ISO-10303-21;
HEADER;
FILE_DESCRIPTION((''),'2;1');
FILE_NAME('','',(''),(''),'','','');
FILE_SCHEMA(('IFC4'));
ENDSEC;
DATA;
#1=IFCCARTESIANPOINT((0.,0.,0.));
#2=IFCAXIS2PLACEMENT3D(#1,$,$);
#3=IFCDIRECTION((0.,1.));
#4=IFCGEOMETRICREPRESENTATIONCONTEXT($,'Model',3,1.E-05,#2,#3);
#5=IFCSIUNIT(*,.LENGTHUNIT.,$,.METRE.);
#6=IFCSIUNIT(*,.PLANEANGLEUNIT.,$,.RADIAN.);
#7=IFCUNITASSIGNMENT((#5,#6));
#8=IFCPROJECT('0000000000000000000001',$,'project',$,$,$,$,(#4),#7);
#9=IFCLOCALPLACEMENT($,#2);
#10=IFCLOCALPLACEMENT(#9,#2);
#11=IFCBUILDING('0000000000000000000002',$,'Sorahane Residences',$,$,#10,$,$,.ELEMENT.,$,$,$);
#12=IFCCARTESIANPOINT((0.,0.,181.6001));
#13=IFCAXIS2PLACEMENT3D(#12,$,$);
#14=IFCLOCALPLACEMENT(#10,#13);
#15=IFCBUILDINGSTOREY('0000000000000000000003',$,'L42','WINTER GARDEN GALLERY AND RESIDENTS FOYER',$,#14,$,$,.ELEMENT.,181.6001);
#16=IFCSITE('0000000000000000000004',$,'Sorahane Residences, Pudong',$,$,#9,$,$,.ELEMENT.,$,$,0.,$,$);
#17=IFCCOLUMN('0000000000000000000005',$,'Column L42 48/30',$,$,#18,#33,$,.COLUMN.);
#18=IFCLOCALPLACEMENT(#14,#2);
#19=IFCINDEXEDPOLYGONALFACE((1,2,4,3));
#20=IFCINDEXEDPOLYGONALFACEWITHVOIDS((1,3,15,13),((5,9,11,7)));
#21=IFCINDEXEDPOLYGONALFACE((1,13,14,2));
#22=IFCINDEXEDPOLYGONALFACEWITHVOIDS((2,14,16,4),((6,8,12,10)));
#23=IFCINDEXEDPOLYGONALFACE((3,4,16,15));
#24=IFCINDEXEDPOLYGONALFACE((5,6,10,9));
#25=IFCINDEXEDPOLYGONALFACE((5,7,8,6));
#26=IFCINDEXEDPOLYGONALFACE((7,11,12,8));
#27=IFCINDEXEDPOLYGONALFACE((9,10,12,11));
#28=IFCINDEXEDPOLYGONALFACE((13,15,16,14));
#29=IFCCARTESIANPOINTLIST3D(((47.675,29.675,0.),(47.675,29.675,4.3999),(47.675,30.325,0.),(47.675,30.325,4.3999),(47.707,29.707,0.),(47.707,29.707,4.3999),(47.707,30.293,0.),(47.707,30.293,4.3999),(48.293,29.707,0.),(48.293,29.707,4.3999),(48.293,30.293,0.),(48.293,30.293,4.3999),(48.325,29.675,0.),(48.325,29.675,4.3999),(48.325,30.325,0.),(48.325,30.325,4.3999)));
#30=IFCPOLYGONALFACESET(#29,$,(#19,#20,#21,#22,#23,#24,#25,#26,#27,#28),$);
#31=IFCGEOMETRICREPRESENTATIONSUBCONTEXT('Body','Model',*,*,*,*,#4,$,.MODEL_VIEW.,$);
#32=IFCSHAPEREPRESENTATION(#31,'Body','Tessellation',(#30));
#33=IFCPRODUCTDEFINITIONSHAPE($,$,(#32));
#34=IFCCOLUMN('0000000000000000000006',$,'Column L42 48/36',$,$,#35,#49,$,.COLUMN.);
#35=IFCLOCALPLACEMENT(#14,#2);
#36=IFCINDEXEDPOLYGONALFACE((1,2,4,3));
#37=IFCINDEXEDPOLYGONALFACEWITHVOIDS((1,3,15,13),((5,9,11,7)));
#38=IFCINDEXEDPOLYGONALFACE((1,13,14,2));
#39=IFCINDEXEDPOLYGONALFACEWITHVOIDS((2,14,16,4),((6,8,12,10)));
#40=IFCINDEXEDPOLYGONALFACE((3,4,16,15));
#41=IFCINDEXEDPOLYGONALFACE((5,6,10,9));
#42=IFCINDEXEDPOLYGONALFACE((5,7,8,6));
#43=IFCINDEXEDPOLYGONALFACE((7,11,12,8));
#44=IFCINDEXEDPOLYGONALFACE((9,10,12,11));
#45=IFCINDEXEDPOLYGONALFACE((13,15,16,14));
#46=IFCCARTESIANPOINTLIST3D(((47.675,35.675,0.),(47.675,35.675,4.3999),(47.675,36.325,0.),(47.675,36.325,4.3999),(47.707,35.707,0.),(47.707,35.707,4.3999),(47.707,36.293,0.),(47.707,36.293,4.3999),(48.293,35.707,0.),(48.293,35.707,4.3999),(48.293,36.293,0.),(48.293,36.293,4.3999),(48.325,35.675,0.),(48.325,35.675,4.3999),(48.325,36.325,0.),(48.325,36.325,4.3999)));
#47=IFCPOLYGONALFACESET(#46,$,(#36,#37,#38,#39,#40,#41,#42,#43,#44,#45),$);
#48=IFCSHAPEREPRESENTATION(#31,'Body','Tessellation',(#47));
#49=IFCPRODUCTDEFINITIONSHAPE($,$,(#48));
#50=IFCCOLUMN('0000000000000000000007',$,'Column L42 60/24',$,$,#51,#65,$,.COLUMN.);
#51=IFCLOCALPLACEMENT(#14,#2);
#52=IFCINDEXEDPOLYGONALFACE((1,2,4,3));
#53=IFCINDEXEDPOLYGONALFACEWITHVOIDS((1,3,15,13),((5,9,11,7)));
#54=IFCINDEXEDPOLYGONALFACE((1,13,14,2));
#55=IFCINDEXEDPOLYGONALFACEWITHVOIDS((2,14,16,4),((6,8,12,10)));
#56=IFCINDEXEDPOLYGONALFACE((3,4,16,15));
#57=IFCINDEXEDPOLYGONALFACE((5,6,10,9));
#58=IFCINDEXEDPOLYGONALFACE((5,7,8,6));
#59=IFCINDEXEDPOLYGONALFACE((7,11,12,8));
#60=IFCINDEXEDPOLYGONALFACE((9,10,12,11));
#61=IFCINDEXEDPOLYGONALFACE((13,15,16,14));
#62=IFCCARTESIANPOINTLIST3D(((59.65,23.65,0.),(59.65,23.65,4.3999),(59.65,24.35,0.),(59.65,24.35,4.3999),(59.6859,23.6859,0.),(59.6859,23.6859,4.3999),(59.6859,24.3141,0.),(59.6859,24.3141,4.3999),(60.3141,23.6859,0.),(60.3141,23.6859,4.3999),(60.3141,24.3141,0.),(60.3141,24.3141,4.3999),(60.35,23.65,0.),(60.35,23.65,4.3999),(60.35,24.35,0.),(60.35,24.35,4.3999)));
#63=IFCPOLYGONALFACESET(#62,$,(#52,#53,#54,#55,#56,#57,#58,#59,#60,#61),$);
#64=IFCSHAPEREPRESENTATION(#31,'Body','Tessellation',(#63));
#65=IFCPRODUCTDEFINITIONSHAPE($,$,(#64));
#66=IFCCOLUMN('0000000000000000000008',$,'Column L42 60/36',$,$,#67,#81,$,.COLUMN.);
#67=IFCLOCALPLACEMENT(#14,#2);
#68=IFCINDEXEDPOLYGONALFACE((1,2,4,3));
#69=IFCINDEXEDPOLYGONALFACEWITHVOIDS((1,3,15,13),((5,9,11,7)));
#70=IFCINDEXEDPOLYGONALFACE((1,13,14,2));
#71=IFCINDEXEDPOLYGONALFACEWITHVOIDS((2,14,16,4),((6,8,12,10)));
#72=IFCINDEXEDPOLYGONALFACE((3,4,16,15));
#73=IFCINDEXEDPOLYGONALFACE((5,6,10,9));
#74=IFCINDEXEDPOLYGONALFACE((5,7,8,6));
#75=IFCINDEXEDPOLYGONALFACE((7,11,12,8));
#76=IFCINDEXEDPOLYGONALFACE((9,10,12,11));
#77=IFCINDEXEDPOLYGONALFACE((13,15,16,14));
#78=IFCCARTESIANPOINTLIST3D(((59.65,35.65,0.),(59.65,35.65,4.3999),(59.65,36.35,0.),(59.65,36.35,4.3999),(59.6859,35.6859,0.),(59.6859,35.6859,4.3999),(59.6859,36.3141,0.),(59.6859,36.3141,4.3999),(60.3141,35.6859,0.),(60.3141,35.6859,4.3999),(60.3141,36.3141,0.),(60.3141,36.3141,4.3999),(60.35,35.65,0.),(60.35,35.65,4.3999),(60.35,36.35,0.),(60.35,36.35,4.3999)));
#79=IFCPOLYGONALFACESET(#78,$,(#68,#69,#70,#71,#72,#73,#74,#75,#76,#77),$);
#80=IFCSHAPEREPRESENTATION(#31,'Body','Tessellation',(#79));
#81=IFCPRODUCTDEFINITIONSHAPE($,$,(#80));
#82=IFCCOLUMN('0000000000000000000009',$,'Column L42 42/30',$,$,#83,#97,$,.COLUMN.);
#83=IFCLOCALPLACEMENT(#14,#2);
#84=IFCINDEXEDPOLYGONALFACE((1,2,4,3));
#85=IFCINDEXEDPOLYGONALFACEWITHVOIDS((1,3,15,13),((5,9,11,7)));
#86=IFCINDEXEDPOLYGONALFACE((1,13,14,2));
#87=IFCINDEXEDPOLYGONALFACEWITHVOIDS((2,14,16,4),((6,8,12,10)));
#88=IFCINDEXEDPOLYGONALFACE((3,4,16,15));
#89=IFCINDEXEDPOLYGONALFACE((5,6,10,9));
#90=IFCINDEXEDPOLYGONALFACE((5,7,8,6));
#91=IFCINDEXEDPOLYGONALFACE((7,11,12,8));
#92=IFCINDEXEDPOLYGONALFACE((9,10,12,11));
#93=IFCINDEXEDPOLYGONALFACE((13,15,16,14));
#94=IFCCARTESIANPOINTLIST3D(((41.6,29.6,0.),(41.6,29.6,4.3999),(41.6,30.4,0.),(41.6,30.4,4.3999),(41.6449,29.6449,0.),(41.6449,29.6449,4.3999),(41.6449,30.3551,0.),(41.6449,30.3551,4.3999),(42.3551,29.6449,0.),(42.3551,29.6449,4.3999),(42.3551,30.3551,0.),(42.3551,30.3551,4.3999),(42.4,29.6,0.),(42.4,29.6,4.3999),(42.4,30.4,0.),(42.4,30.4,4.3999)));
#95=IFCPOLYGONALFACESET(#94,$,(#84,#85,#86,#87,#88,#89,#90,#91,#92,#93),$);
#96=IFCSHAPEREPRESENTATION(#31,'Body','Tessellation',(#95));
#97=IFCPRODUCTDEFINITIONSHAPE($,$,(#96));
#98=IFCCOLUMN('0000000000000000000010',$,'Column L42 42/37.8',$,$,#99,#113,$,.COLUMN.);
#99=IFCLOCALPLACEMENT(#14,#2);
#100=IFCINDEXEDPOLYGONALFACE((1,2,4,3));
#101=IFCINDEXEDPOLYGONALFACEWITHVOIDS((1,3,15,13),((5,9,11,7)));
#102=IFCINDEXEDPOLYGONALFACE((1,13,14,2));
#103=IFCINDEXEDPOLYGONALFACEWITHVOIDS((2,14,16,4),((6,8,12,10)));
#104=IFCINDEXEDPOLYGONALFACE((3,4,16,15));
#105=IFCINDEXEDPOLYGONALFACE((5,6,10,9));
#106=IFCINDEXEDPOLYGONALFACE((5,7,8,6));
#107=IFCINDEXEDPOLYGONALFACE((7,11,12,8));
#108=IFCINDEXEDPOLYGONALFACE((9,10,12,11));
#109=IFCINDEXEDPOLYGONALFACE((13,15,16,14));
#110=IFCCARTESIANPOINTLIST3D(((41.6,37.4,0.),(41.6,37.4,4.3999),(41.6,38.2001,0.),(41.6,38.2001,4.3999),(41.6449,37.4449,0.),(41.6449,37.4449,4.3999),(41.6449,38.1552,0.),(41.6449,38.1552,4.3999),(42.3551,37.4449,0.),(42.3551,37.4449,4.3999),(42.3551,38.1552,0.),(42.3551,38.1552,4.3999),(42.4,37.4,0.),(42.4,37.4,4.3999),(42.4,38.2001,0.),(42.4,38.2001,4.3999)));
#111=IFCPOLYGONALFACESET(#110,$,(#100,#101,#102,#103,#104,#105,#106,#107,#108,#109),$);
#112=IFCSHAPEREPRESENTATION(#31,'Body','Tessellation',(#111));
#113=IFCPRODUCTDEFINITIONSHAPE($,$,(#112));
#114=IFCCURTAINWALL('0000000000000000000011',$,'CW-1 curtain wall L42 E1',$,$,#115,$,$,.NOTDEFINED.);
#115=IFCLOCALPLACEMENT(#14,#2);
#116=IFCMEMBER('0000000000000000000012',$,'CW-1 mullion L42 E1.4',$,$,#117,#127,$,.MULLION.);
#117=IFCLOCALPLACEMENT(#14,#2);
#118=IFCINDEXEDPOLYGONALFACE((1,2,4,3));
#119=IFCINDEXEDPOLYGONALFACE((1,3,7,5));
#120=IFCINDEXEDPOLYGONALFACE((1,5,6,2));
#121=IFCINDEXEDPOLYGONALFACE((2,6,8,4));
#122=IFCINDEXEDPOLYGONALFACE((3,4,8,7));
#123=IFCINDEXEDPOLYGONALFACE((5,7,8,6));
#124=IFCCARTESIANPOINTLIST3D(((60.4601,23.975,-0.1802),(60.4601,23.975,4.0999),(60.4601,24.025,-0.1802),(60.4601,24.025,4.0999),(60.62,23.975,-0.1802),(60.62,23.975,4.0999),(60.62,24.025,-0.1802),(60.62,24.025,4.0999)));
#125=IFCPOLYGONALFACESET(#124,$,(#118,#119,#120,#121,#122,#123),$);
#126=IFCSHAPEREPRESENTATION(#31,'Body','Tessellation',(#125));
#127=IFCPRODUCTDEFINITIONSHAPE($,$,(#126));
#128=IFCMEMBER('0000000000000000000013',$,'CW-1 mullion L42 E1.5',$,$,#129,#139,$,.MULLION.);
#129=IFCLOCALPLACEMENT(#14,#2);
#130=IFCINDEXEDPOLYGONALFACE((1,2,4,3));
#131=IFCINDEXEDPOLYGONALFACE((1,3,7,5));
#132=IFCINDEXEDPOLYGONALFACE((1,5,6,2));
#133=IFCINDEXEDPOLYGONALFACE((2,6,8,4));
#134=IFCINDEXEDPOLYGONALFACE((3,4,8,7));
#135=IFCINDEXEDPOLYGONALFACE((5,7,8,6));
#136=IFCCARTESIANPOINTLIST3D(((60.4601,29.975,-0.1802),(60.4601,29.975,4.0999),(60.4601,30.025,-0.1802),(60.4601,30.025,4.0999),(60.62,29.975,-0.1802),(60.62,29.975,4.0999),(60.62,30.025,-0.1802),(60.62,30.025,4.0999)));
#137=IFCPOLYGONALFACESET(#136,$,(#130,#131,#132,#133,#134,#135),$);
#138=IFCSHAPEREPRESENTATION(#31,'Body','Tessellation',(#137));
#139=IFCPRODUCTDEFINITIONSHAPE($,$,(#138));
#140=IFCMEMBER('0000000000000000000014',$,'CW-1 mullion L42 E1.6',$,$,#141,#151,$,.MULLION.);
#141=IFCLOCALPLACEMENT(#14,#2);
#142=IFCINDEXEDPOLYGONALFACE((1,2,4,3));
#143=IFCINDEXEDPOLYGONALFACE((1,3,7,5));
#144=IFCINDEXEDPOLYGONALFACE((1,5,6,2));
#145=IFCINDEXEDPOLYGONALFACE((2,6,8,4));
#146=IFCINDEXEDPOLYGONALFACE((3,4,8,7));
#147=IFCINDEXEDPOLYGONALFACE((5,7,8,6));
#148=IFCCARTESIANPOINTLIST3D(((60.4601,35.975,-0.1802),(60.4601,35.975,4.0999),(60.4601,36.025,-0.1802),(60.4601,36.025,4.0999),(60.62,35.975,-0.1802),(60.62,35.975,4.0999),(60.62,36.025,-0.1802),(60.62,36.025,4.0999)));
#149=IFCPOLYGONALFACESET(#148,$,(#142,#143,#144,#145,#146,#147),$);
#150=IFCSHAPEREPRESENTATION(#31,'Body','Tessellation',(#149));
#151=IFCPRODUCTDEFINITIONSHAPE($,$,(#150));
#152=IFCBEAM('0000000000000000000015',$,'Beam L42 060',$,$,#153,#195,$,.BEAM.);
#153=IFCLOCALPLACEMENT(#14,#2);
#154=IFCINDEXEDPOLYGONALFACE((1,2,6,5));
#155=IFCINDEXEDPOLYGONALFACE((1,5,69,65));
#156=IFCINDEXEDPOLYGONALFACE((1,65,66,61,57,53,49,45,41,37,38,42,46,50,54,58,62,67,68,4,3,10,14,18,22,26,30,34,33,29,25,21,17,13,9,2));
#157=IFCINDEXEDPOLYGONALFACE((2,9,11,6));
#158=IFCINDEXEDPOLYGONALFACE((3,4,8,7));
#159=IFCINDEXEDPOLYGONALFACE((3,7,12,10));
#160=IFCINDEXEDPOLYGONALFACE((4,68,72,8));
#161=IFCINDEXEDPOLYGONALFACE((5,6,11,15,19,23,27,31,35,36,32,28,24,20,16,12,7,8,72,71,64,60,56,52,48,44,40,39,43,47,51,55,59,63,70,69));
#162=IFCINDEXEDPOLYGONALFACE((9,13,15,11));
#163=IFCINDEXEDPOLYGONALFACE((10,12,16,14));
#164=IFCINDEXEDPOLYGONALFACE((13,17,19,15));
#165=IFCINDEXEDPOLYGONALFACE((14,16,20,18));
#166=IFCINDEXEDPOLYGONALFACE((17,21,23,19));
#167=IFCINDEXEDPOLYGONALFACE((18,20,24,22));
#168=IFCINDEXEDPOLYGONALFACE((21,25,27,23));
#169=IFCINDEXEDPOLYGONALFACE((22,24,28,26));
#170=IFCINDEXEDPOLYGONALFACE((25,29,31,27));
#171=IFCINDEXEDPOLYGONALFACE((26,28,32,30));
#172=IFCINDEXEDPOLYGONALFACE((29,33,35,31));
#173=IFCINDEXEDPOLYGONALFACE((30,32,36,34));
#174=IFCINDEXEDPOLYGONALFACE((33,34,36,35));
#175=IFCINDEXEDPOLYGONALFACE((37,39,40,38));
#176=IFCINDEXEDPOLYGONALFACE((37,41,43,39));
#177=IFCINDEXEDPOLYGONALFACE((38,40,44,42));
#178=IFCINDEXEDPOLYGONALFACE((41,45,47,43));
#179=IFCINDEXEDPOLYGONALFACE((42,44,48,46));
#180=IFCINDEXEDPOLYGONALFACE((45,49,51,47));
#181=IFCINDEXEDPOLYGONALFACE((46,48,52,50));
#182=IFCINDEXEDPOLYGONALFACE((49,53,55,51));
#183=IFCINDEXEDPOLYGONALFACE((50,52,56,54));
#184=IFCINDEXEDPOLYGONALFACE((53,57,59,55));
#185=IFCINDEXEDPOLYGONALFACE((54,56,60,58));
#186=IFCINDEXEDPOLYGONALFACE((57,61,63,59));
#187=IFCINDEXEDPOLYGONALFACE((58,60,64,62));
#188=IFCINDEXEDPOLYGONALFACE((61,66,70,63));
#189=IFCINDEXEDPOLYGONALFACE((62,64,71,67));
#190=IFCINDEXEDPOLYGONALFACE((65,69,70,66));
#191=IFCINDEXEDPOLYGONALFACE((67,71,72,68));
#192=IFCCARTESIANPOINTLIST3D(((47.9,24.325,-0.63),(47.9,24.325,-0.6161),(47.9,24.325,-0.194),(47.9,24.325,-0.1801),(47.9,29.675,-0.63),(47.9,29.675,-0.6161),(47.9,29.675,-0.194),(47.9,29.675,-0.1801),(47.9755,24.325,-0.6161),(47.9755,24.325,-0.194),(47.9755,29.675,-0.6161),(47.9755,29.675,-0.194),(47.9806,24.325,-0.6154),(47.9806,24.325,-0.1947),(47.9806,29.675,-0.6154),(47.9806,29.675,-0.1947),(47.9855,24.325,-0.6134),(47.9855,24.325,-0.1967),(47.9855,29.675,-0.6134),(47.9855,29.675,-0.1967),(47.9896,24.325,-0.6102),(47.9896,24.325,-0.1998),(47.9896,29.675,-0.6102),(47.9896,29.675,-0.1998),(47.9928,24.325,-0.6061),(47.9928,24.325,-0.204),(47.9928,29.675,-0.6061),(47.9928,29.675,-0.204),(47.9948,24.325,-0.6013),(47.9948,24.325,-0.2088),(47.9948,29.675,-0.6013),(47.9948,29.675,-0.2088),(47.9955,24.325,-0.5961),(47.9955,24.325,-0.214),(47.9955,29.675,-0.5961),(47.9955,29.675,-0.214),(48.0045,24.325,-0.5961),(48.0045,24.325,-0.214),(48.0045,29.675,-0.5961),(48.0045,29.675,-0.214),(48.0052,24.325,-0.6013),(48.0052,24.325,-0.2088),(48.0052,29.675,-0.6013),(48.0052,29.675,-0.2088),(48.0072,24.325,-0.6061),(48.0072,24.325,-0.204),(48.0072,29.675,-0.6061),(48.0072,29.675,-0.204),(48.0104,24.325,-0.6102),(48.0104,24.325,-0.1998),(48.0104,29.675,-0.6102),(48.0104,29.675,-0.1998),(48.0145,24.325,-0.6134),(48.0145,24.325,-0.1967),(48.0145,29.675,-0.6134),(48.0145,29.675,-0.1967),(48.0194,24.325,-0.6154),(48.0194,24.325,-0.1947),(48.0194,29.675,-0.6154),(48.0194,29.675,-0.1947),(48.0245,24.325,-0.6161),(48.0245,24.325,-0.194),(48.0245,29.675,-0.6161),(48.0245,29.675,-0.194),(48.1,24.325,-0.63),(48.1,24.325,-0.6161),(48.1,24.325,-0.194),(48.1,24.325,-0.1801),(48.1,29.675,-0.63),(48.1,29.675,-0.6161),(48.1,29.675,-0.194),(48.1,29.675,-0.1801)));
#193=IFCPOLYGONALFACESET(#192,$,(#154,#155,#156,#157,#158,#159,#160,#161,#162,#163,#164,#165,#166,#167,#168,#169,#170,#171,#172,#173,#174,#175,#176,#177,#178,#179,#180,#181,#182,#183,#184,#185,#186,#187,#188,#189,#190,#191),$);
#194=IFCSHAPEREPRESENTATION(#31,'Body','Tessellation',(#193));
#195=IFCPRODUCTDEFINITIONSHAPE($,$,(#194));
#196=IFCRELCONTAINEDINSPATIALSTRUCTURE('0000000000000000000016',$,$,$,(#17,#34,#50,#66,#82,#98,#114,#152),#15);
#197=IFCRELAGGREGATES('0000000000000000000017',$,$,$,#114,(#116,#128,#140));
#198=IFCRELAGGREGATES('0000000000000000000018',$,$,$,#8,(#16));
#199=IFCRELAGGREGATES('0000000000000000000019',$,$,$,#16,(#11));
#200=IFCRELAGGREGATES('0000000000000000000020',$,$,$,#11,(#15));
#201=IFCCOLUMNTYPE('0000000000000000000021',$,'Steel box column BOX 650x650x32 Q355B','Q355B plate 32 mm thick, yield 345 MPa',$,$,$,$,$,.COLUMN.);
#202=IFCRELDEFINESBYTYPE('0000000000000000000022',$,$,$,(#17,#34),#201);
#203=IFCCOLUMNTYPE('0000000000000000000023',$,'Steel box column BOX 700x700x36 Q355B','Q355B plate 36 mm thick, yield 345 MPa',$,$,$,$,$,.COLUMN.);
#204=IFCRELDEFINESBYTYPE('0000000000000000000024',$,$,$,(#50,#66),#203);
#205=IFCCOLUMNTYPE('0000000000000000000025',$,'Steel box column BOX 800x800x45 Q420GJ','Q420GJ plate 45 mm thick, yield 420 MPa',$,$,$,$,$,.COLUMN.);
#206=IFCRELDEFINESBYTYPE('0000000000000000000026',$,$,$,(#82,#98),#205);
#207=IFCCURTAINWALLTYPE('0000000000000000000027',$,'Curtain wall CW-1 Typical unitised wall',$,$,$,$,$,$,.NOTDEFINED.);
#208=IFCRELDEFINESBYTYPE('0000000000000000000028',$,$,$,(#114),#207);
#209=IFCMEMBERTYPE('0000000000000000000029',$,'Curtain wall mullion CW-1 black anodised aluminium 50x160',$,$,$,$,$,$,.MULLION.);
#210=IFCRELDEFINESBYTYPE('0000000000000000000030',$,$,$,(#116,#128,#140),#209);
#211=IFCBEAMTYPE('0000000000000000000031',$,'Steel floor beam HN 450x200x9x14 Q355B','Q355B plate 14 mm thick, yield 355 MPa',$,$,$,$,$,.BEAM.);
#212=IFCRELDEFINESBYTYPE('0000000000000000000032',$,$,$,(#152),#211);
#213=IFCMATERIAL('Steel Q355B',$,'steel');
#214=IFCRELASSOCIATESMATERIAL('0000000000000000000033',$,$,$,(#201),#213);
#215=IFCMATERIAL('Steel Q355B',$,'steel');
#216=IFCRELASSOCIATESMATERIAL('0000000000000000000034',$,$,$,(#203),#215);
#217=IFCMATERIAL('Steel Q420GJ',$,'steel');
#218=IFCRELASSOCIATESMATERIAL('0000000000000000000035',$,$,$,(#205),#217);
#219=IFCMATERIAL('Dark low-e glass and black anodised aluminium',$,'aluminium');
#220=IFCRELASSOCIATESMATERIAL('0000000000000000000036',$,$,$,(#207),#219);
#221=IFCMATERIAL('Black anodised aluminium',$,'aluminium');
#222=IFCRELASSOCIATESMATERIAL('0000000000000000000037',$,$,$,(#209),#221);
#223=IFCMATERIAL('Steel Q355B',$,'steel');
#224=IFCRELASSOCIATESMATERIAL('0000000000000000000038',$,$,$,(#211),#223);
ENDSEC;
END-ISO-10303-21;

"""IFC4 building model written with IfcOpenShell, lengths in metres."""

from ifc_helpers import new_model, si_unit, direction, frame, origin, origin_2d, place, context, subcontext, project, spatial, rectangle, hollow_rectangle, i_section, extrude, material, material_profile, profile_set, type_object, element, aggregate, save


model = new_model("IFC4")

# Units and contexts
model_context = context("Model", 3, precision=1e-05, world=origin(), true_north=direction((0.0, 1.0)))
body_context = subcontext(model_context, "Body", "Model", "MODEL_VIEW")
ifc_project = project(units=[si_unit("LENGTHUNIT", "METRE"), si_unit("PLANEANGLEUNIT", "RADIAN")], contexts=[model_context])

# Site, building, storey
site_placement = place(None, origin())
site = spatial("IfcSite", under=ifc_project, at=site_placement, Name="Sorahane Residences, Pudong", CompositionType="ELEMENT", RefElevation=0.0)
building_placement = place(site_placement, origin())
building = spatial("IfcBuilding", under=site, at=building_placement, Name="Sorahane Residences", CompositionType="ELEMENT")
storey_placement = place(building_placement, frame((0.0, 0.0, 181.6001)))
storey = spatial("IfcBuildingStorey", under=building, at=storey_placement, Name="L42", Description="WINTER GARDEN GALLERY AND RESIDENTS FOYER", CompositionType="ELEMENT", Elevation=181.6001)

# Columns
ifc_material_1 = material(Name="Steel Q355B", Category="steel")
ifc_material_profile_1 = material_profile(ifc_material_1, hollow_rectangle(XDim=0.6499, YDim=0.6499, WallThickness=0.032, at=origin_2d()), Name="BOX 650x650x32")
ifc_profile_set_1 = profile_set([ifc_material_profile_1], Name="Steel Q355B")
column_type_1 = type_object("IfcColumnType", Name="Steel box column BOX 650x650x32 Q355B", Description="Q355B plate 32 mm thick, yield 345 MPa", PredefinedType="COLUMN", material=ifc_profile_set_1)
for number, where, z_axis, x_axis, name in (
    (1, (48.0, 30.0, 0.0), (0.0, 0.0, 1.0), (1.0, 0.0, 0.0), "Column L42 48/30"),
    (2, (48.0, 36.0, 0.0), (0.0, 0.0, 1.0), (1.0, 0.0, 0.0), "Column L42 48/36"),
):
    element("IfcColumn", number, at=place(storey_placement, frame(where, z_axis=z_axis, x_axis=x_axis)), inside=storey, type_object=column_type_1, Name=name, PredefinedType="COLUMN", context=body_context, shape_type="SweptSolid", body=[
        extrude(hollow_rectangle(XDim=0.6499, YDim=0.6499, WallThickness=0.032, at=origin_2d()), origin(), (0.0, 0.0, 1.0), 4.3999),
    ])
ifc_material_2 = material(Name="Steel Q355B", Category="steel")
ifc_material_profile_2 = material_profile(ifc_material_2, hollow_rectangle(XDim=0.7, YDim=0.7, WallThickness=0.0359, at=origin_2d()), Name="BOX 700x700x36")
ifc_profile_set_2 = profile_set([ifc_material_profile_2], Name="Steel Q355B")
column_type_2 = type_object("IfcColumnType", Name="Steel box column BOX 700x700x36 Q355B", Description="Q355B plate 36 mm thick, yield 345 MPa", PredefinedType="COLUMN", material=ifc_profile_set_2)
for number, where, z_axis, x_axis, name in (
    (3, (60.0, 24.0, 0.0), (0.0, 0.0, 1.0), (1.0, 0.0, 0.0), "Column L42 60/24"),
    (4, (60.0, 36.0, 0.0), (0.0, 0.0, 1.0), (1.0, 0.0, 0.0), "Column L42 60/36"),
):
    element("IfcColumn", number, at=place(storey_placement, frame(where, z_axis=z_axis, x_axis=x_axis)), inside=storey, type_object=column_type_2, Name=name, PredefinedType="COLUMN", context=body_context, shape_type="SweptSolid", body=[
        extrude(hollow_rectangle(XDim=0.7, YDim=0.7, WallThickness=0.0359, at=origin_2d()), origin(), (0.0, 0.0, 1.0), 4.3999),
    ])
ifc_material_3 = material(Name="Steel Q420GJ", Category="steel")
ifc_material_profile_3 = material_profile(ifc_material_3, hollow_rectangle(XDim=0.8, YDim=0.8, WallThickness=0.0449, at=origin_2d()), Name="BOX 800x800x45")
ifc_profile_set_3 = profile_set([ifc_material_profile_3], Name="Steel Q420GJ")
column_type_3 = type_object("IfcColumnType", Name="Steel box column BOX 800x800x45 Q420GJ", Description="Q420GJ plate 45 mm thick, yield 420 MPa", PredefinedType="COLUMN", material=ifc_profile_set_3)
for number, where, z_axis, x_axis, name in (
    (5, (42.0, 30.0, 0.0), (0.0, 0.0, 1.0), (1.0, 0.0, 0.0), "Column L42 42/30"),
    (6, (42.0, 37.8, 0.0), (0.0, 0.0, 1.0), (1.0, 0.0, 0.0), "Column L42 42/37.8"),
):
    element("IfcColumn", number, at=place(storey_placement, frame(where, z_axis=z_axis, x_axis=x_axis)), inside=storey, type_object=column_type_3, Name=name, PredefinedType="COLUMN", context=body_context, shape_type="SweptSolid", body=[
        extrude(hollow_rectangle(XDim=0.8, YDim=0.8, WallThickness=0.0449, at=origin_2d()), origin(), (0.0, 0.0, 1.0), 4.3999),
    ])

# Curtain wall, members
ifc_material_4 = material(Name="Dark low-e glass and black anodised aluminium", Category="aluminium")
curtain_wall_type = type_object("IfcCurtainWallType", Name="Curtain wall CW-1 Typical unitised wall", PredefinedType="NOTDEFINED", material=ifc_material_4)
curtain_wall_placement = place(storey_placement, origin())
curtain_wall = element("IfcCurtainWall", 7, at=curtain_wall_placement, inside=storey, type_object=curtain_wall_type, Name="CW-1 curtain wall L42 E1", PredefinedType="NOTDEFINED")
ifc_material_5 = material(Name="Black anodised aluminium", Category="aluminium")
ifc_material_profile_4 = material_profile(ifc_material_5, rectangle(XDim=0.1599, YDim=0.05, at=origin_2d()), Name="Curtain wall mullion CW-1 black anodised aluminium 50x160")
ifc_profile_set_4 = profile_set([ifc_material_profile_4], Name="Black anodised aluminium")
member_type = type_object("IfcMemberType", Name="Curtain wall mullion CW-1 black anodised aluminium 50x160", PredefinedType="MULLION", material=ifc_profile_set_4)
member_1_placement = place(storey_placement, frame((60.54, 24.0, -0.1802), z_axis=(0.0, 0.0, 1.0), x_axis=(1.0, 0.0, 0.0)))
member_1 = element("IfcMember", 8, at=member_1_placement, type_object=member_type, Name="CW-1 mullion L42 E1.4", PredefinedType="MULLION", context=body_context, shape_type="SweptSolid", body=[
    extrude(rectangle(XDim=0.1599, YDim=0.05, at=origin_2d()), origin(), (0.0, 0.0, 1.0), 4.28),
])
member_2_placement = place(storey_placement, frame((60.54, 30.0, -0.1802), z_axis=(0.0, 0.0, 1.0), x_axis=(1.0, 0.0, 0.0)))
member_2 = element("IfcMember", 9, at=member_2_placement, type_object=member_type, Name="CW-1 mullion L42 E1.5", PredefinedType="MULLION", context=body_context, shape_type="SweptSolid", body=[
    extrude(rectangle(XDim=0.1599, YDim=0.05, at=origin_2d()), origin(), (0.0, 0.0, 1.0), 4.28),
])
member_3_placement = place(storey_placement, frame((60.54, 36.0, -0.1802), z_axis=(0.0, 0.0, 1.0), x_axis=(1.0, 0.0, 0.0)))
member_3 = element("IfcMember", 10, at=member_3_placement, type_object=member_type, Name="CW-1 mullion L42 E1.6", PredefinedType="MULLION", context=body_context, shape_type="SweptSolid", body=[
    extrude(rectangle(XDim=0.1599, YDim=0.05, at=origin_2d()), origin(), (0.0, 0.0, 1.0), 4.28),
])

# Beam
ifc_material_6 = material(Name="Steel Q355B", Category="steel")
ifc_material_profile_5 = material_profile(ifc_material_6, i_section(OverallWidth=0.2, OverallDepth=0.45, WebThickness=0.009, FlangeThickness=0.0139, FilletRadius=0.02, at=origin_2d()), Name="HN 450x200x9x14")
ifc_profile_set_5 = profile_set([ifc_material_profile_5], Name="Steel Q355B")
beam_type_1 = type_object("IfcBeamType", Name="Steel floor beam HN 450x200x9x14 Q355B", Description="Q355B plate 14 mm thick, yield 355 MPa", PredefinedType="BEAM", material=ifc_profile_set_5)
for number, where, z_axis, x_axis, name in (
    (11, (48.0, 24.325, -0.405), (0.0, 1.0, 0.0), (-1.0, 0.0, 0.0), "Beam L42 060"),
):
    element("IfcBeam", number, at=place(storey_placement, frame(where, z_axis=z_axis, x_axis=x_axis)), inside=storey, type_object=beam_type_1, Name=name, PredefinedType="BEAM", context=body_context, shape_type="SweptSolid", body=[
        extrude(i_section(OverallWidth=0.2, OverallDepth=0.45, WebThickness=0.009, FlangeThickness=0.0139, FilletRadius=0.02, at=origin_2d()), origin(), (0.0, 0.0, 1.0), 5.3501),
    ])

aggregate(curtain_wall, [member_1, member_2, member_3])

save(model, "model.ifc")
